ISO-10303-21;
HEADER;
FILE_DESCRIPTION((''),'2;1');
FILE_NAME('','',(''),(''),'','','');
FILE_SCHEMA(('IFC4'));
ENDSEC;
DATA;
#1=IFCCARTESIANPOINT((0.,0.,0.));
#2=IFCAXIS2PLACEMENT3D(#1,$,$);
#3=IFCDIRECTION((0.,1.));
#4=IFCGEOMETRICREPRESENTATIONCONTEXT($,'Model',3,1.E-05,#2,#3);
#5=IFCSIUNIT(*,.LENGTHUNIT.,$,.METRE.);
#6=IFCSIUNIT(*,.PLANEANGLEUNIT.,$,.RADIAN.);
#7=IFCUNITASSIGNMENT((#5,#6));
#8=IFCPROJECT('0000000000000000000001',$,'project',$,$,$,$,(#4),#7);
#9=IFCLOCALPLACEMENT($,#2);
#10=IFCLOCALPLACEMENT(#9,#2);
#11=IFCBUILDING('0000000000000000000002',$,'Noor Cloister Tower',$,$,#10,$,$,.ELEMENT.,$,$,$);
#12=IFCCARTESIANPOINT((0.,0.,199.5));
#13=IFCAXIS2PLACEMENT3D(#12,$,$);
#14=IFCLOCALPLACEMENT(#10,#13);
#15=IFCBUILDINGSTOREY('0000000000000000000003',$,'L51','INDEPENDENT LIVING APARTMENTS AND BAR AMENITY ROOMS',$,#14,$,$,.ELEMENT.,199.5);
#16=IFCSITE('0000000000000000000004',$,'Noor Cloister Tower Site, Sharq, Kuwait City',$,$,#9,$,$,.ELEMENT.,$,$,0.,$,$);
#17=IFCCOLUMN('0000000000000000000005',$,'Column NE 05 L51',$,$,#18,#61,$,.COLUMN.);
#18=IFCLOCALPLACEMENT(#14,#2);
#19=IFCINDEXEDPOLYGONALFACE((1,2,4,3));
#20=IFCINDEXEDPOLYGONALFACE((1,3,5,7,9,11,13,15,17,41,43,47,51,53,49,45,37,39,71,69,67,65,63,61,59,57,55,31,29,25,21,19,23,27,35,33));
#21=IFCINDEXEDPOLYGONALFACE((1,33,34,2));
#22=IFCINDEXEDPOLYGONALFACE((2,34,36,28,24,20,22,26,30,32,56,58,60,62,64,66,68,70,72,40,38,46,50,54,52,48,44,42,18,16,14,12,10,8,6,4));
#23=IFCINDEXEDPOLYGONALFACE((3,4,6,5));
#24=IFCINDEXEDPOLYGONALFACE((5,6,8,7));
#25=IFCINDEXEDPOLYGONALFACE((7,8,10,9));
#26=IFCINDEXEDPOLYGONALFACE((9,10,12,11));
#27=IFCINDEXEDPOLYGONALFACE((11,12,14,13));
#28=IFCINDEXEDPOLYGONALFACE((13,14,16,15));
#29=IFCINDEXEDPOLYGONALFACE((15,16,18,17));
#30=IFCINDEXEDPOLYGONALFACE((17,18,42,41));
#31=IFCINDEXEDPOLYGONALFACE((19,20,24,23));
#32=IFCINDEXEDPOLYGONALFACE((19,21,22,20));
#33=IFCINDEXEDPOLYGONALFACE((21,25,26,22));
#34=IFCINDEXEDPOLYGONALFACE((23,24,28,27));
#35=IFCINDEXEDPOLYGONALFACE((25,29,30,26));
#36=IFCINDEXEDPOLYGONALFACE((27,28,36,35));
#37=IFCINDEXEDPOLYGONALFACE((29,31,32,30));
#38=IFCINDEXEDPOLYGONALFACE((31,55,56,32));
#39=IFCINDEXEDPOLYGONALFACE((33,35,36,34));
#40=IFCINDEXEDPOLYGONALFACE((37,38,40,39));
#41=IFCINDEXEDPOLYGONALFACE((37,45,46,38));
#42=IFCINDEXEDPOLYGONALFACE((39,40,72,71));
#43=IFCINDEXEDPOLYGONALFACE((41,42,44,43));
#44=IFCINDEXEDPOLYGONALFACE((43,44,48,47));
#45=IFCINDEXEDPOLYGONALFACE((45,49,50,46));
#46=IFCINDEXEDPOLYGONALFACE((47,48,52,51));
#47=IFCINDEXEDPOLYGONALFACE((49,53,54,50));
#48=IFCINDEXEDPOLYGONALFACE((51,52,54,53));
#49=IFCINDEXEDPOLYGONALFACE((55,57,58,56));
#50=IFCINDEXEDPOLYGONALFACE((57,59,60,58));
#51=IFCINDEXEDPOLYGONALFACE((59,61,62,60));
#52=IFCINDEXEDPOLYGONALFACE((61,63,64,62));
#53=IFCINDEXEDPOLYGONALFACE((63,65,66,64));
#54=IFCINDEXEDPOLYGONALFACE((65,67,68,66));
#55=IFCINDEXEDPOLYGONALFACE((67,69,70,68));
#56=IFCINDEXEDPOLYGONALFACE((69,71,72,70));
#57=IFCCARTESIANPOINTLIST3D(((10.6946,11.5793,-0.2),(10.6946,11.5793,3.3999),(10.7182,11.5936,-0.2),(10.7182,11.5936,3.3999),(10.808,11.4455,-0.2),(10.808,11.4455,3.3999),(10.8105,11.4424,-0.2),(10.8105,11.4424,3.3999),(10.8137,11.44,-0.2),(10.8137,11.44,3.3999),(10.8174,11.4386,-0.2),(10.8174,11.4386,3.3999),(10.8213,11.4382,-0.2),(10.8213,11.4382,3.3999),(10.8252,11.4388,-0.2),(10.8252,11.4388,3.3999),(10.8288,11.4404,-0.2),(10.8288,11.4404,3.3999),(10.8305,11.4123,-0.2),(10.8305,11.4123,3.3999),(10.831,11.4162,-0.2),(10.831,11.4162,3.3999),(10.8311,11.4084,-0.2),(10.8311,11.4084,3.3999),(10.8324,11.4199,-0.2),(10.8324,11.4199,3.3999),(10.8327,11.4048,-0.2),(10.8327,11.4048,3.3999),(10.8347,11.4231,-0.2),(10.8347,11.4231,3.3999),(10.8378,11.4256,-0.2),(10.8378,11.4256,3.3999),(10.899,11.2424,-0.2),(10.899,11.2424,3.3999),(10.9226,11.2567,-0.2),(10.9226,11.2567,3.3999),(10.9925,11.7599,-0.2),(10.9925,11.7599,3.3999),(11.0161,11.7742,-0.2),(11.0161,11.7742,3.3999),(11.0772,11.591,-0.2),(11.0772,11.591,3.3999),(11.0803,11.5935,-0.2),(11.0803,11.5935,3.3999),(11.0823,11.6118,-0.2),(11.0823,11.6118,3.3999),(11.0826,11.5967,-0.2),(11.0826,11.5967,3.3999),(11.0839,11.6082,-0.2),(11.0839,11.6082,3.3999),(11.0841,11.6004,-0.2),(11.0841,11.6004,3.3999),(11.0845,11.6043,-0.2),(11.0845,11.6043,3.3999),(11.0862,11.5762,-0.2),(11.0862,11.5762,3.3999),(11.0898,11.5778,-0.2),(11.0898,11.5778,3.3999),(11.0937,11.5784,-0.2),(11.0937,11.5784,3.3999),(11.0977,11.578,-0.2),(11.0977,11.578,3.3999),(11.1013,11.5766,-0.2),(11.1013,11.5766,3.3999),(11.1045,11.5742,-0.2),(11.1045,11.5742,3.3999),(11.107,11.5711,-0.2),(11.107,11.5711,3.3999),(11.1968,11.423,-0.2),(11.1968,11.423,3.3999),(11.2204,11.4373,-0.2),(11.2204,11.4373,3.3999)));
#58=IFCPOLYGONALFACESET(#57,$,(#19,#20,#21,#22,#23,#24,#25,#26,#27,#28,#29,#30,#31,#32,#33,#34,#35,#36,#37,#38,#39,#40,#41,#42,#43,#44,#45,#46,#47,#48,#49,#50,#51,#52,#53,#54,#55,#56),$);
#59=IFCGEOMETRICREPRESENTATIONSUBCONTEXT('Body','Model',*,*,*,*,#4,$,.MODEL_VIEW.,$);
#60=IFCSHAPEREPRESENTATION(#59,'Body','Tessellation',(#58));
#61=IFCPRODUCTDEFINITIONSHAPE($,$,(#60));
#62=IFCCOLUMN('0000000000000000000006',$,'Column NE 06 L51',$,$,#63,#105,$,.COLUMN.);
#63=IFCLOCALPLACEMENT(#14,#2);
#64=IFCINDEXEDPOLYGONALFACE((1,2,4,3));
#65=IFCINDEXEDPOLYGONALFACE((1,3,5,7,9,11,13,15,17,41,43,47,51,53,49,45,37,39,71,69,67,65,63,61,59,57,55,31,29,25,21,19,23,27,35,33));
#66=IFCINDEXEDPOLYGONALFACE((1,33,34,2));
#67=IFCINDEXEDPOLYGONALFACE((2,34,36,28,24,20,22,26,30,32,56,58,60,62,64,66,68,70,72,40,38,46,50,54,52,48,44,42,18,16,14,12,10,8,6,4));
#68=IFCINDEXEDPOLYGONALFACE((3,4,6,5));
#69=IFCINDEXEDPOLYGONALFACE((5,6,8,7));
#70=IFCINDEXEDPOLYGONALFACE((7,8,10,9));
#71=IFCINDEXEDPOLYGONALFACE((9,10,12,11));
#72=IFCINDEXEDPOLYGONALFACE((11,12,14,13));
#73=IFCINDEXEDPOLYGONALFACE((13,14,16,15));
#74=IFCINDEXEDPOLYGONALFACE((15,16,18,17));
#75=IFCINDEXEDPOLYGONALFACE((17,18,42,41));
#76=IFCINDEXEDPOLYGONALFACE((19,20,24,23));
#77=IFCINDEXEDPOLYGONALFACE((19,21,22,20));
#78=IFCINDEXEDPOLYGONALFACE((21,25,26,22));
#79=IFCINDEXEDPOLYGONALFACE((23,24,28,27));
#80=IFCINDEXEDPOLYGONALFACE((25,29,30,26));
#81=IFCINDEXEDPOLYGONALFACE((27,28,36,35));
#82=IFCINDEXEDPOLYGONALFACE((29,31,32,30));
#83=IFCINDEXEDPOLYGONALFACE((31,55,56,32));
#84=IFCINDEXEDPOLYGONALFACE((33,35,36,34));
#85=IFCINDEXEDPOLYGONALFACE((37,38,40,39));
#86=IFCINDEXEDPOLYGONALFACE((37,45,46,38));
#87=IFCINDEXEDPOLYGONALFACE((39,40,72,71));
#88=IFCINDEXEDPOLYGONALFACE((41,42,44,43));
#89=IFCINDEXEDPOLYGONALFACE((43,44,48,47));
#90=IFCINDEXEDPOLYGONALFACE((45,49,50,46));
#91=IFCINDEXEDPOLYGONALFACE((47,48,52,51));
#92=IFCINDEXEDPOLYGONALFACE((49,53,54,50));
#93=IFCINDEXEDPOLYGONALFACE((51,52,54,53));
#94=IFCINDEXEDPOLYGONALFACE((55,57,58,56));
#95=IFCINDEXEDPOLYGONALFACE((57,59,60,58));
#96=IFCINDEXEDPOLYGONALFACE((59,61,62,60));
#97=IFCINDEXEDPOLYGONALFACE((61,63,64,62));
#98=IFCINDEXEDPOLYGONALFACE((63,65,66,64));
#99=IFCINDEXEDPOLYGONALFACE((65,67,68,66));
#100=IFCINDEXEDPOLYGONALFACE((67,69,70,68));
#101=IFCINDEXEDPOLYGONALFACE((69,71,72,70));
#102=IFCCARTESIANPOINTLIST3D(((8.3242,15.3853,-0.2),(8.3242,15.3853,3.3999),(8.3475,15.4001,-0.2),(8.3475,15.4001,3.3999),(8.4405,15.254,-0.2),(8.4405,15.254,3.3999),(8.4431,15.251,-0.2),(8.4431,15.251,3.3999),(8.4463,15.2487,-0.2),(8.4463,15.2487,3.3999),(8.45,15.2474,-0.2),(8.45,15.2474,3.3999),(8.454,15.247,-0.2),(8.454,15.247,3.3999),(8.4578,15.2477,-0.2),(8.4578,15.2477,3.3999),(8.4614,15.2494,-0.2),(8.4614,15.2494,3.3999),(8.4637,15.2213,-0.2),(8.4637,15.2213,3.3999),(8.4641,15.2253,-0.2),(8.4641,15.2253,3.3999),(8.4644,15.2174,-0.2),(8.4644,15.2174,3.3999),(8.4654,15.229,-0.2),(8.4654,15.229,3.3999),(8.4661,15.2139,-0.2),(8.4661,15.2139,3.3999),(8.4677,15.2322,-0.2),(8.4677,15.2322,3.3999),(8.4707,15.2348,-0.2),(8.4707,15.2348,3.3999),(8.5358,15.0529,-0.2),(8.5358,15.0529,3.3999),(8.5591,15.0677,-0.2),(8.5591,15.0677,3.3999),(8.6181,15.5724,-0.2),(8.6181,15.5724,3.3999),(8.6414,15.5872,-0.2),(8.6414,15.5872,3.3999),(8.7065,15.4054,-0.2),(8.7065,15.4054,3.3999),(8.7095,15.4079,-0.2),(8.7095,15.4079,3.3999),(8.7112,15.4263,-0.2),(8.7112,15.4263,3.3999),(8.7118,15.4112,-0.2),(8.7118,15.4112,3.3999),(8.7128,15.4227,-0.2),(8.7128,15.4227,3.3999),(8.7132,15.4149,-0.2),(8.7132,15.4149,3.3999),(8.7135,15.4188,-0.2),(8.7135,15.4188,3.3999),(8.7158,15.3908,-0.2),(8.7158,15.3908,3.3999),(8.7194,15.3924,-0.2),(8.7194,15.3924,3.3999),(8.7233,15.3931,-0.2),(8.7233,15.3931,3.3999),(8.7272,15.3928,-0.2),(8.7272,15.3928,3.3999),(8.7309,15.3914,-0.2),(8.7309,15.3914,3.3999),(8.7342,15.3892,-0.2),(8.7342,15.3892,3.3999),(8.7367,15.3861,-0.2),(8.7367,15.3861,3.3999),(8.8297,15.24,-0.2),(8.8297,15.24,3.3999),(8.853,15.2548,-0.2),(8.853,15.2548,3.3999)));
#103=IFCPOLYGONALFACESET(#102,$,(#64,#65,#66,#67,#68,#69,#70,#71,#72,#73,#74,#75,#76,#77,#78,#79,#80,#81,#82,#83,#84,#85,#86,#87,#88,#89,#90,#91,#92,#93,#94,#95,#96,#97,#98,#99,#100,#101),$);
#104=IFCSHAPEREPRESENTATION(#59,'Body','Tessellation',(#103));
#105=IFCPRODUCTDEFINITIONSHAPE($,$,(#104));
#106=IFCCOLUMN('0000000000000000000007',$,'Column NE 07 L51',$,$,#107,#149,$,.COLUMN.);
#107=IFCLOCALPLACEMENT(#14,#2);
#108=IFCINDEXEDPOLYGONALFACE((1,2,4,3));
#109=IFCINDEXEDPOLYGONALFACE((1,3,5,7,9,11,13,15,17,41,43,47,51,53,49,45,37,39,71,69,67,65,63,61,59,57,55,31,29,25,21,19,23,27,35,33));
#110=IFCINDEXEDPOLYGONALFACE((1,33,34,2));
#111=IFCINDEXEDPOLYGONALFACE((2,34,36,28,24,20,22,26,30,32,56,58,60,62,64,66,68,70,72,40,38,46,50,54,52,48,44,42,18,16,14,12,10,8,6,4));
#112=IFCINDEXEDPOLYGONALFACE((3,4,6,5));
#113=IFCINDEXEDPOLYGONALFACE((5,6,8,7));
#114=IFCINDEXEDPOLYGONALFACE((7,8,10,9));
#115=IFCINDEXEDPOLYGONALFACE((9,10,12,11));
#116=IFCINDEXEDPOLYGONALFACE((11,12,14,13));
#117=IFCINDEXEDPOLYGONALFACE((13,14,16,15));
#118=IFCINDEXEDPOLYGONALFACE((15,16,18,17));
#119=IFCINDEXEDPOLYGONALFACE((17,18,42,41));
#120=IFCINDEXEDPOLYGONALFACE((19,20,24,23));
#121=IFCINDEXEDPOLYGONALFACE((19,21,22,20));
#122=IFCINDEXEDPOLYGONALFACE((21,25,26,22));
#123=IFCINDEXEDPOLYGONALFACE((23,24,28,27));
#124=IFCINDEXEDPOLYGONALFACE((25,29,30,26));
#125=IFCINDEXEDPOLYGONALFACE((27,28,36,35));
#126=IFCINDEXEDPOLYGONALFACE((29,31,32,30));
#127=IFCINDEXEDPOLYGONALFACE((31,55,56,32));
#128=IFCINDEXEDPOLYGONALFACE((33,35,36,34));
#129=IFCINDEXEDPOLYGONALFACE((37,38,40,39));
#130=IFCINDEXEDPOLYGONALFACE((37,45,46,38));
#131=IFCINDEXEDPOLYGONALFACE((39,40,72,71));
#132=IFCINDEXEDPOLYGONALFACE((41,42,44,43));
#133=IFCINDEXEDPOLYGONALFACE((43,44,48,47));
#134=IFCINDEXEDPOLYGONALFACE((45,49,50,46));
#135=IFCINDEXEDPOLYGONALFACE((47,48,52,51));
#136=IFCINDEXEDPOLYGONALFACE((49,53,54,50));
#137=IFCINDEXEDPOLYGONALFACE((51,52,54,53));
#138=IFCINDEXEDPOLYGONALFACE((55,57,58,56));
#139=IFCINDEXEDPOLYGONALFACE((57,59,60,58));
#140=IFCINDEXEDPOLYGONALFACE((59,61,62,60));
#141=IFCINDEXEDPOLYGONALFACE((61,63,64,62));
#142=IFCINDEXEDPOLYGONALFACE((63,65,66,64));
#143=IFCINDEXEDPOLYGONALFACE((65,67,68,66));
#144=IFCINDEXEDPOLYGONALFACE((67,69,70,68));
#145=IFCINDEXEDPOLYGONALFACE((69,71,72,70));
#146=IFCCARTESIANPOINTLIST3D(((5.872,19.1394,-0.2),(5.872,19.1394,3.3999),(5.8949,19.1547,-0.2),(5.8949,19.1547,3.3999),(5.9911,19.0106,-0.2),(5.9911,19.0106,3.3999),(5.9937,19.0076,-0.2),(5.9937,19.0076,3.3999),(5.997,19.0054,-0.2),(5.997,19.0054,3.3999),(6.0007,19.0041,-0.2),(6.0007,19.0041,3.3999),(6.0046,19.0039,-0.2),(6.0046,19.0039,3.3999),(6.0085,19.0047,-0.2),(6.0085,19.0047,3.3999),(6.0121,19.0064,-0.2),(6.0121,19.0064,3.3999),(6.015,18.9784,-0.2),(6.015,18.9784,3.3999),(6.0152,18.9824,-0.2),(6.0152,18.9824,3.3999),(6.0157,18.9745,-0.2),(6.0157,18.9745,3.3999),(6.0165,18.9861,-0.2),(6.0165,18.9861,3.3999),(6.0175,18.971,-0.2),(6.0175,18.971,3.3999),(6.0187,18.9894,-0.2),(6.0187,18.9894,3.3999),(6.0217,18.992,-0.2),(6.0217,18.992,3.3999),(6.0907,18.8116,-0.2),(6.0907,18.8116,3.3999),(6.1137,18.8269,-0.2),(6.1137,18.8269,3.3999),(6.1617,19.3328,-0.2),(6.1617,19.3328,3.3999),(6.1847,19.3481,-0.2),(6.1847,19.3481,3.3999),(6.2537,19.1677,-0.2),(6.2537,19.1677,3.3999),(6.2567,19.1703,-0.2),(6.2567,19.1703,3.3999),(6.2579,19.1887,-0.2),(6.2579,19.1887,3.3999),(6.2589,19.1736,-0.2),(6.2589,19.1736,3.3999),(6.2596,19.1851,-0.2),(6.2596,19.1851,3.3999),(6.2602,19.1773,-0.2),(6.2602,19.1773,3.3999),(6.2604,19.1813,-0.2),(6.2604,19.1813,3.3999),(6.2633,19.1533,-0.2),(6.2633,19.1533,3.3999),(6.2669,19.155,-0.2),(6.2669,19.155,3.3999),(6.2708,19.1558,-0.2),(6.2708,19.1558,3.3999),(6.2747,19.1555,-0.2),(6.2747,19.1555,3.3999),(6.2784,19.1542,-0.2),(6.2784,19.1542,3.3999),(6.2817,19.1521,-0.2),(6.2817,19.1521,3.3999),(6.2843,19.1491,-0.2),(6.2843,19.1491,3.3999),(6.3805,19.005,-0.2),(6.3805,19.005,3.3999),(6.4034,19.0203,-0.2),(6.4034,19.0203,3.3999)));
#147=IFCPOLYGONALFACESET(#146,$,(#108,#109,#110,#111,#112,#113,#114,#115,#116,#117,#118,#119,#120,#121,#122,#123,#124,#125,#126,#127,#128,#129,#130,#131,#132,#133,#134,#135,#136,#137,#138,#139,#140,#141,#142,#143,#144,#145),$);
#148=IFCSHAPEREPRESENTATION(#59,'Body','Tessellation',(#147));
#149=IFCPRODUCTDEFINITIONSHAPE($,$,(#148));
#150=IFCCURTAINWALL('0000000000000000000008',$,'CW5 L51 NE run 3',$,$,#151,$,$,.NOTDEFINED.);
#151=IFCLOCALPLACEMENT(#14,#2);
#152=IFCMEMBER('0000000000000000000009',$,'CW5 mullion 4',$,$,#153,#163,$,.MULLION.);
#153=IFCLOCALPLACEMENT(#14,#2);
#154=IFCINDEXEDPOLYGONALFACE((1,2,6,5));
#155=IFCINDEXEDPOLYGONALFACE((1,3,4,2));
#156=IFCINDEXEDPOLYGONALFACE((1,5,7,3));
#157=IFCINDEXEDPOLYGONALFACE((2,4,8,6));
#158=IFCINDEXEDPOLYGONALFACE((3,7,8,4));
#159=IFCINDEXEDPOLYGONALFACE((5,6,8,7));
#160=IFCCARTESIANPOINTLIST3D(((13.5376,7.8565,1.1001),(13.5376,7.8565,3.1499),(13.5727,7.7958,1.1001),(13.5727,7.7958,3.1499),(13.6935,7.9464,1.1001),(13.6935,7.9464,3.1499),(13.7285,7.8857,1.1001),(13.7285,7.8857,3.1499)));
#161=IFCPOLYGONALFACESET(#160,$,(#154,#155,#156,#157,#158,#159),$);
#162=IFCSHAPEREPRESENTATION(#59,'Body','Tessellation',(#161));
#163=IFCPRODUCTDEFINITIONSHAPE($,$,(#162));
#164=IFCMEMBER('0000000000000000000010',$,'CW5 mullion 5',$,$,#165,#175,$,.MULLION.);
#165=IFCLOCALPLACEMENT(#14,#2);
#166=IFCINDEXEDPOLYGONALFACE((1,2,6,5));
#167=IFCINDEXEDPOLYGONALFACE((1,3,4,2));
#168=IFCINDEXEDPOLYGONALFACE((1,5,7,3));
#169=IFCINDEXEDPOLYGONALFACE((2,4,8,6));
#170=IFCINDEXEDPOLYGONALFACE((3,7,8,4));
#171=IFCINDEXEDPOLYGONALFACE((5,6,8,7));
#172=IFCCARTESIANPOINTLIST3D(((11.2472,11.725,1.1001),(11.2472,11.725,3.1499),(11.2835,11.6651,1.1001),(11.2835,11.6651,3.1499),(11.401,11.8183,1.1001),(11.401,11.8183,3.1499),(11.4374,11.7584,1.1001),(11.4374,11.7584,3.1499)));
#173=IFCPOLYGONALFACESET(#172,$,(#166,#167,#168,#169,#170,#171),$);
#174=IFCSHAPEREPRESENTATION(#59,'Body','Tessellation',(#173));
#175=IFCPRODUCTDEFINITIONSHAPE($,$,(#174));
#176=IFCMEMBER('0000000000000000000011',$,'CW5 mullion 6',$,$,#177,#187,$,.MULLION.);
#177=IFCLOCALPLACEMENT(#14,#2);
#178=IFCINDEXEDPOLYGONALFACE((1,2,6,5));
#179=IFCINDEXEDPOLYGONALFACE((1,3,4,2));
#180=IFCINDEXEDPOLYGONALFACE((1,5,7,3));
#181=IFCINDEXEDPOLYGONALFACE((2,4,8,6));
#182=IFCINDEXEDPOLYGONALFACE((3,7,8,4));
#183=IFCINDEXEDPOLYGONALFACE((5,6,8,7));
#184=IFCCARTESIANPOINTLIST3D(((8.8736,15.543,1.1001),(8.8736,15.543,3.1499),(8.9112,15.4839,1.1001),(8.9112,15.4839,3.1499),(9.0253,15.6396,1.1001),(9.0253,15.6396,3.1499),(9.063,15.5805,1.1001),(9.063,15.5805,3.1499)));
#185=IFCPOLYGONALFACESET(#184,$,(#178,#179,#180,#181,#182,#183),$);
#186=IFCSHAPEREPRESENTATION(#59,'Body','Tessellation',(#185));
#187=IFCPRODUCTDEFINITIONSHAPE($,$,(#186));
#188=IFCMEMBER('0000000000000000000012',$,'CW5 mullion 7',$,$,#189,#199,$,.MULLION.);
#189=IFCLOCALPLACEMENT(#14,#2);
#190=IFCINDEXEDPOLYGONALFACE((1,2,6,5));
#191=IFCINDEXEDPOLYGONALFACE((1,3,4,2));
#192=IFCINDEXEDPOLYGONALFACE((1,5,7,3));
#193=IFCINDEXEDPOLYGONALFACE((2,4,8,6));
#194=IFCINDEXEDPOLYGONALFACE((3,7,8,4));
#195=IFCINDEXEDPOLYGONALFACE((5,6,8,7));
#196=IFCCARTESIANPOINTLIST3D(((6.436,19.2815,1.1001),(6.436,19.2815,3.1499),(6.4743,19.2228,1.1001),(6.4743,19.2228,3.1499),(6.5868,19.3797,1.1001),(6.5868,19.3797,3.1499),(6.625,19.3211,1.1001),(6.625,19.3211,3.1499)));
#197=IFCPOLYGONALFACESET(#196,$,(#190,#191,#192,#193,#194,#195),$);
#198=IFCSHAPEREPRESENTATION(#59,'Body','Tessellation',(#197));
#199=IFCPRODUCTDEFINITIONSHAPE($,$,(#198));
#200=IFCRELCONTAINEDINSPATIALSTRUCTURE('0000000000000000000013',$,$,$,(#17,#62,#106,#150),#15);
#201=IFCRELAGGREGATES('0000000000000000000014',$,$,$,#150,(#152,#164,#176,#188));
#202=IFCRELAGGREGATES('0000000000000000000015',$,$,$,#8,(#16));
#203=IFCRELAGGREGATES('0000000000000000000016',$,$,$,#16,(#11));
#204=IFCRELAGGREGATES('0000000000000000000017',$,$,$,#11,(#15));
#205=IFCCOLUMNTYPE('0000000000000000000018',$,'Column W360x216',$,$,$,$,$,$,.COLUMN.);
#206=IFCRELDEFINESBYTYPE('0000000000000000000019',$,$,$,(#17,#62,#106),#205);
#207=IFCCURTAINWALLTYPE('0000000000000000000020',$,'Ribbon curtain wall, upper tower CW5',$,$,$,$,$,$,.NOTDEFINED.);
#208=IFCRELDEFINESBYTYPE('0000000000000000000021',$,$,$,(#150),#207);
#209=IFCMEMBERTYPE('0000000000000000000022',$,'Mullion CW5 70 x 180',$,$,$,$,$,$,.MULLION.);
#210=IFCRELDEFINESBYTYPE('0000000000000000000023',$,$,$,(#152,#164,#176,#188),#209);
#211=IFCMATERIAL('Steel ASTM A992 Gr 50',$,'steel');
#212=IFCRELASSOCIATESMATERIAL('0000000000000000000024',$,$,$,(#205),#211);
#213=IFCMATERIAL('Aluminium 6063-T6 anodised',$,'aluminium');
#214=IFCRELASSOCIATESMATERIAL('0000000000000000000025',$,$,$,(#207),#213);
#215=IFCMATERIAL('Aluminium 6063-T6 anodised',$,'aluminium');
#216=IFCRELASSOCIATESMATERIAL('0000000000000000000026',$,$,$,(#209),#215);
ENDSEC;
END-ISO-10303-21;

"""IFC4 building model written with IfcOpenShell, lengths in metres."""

from ifc_helpers import new_model, si_unit, direction, frame, origin, origin_2d, place, context, subcontext, project, spatial, rectangle, i_section, extrude, material, material_profile, profile_set, type_object, element, aggregate, save


model = new_model("IFC4")

# Units and contexts
model_context = context("Model", 3, precision=1e-05, world=origin(), true_north=direction((0.0, 1.0)))
body_context = subcontext(model_context, "Body", "Model", "MODEL_VIEW")
ifc_project = project(units=[si_unit("LENGTHUNIT", "METRE"), si_unit("PLANEANGLEUNIT", "RADIAN")], contexts=[model_context])

# Site, building, storey
site_placement = place(None, origin())
site = spatial("IfcSite", under=ifc_project, at=site_placement, Name="Noor Cloister Tower Site, Sharq, Kuwait City", CompositionType="ELEMENT", RefElevation=0.0)
building_placement = place(site_placement, origin())
building = spatial("IfcBuilding", under=site, at=building_placement, Name="Noor Cloister Tower", CompositionType="ELEMENT")
storey_placement = place(building_placement, frame((0.0, 0.0, 199.5)))
storey = spatial("IfcBuildingStorey", under=building, at=storey_placement, Name="L51", Description="INDEPENDENT LIVING APARTMENTS AND BAR AMENITY ROOMS", CompositionType="ELEMENT", Elevation=199.5)

# Columns
ifc_material_1 = material(Name="Steel ASTM A992 Gr 50", Category="steel")
ifc_material_profile_1 = material_profile(ifc_material_1, i_section(OverallWidth=0.394, OverallDepth=0.376, WebThickness=0.0173, FlangeThickness=0.0276, FilletRadius=0.0151, at=origin_2d()), Name="W360x216")
ifc_profile_set_1 = profile_set([ifc_material_profile_1], Name="Steel ASTM A992 Gr 50")
column_type = type_object("IfcColumnType", Name="Column W360x216", PredefinedType="COLUMN", material=ifc_profile_set_1)
for number, where, z_axis, x_axis, name in (
    (1, (10.9575, 11.5083, -0.2), (0.0, 0.0, 1.0), (-0.518623, 0.855003, 0.0), "Column NE 05 L51"),
    (2, (8.5886, 15.3201, -0.2), (0.0, 0.0, 1.0), (-0.537002, 0.843581, 0.0), "Column NE 06 L51"),
    (3, (6.1377, 19.0798, -0.2), (0.0, 0.0, 1.0), (-0.55513, 0.831763, 0.0), "Column NE 07 L51"),
):
    element("IfcColumn", number, at=place(storey_placement, frame(where, z_axis=z_axis, x_axis=x_axis)), inside=storey, type_object=column_type, Name=name, PredefinedType="COLUMN", context=body_context, shape_type="SweptSolid", body=[
        extrude(i_section(OverallWidth=0.394, OverallDepth=0.376, WebThickness=0.0173, FlangeThickness=0.0276, FilletRadius=0.0151, at=origin_2d()), origin(), (0.0, 0.0, 1.0), 3.5999),
    ])

# Curtain wall, members
ifc_material_2 = material(Name="Aluminium 6063-T6 anodised", Category="aluminium")
curtain_wall_type = type_object("IfcCurtainWallType", Name="Ribbon curtain wall, upper tower CW5", PredefinedType="NOTDEFINED", material=ifc_material_2)
curtain_wall_placement = place(storey_placement, origin())
curtain_wall = element("IfcCurtainWall", 4, at=curtain_wall_placement, inside=storey, type_object=curtain_wall_type, Name="CW5 L51 NE run 3", PredefinedType="NOTDEFINED")
ifc_material_3 = material(Name="Aluminium 6063-T6 anodised", Category="aluminium")
ifc_material_profile_2 = material_profile(ifc_material_3, rectangle(XDim=0.1799, YDim=0.0701, at=origin_2d()), Name="180 x 70 mullion")
ifc_profile_set_2 = profile_set([ifc_material_profile_2], Name="Aluminium 6063-T6 anodised")
member_type = type_object("IfcMemberType", Name="Mullion CW5 70 x 180", PredefinedType="MULLION", material=ifc_profile_set_2)
member_1_placement = place(storey_placement, frame((13.6331, 7.8711, 1.1001), z_axis=(0.0, 0.0, 1.0), x_axis=(-0.866025, -0.5, 0.0)))
member_1 = element("IfcMember", 5, at=member_1_placement, type_object=member_type, Name="CW5 mullion 4", PredefinedType="MULLION", context=body_context, shape_type="SweptSolid", body=[
    extrude(rectangle(XDim=0.1799, YDim=0.0701, at=origin_2d()), origin(), (0.0, 0.0, 1.0), 2.0498),
])
member_2_placement = place(storey_placement, frame((11.3423, 11.7417, 1.1001), z_axis=(0.0, 0.0, 1.0), x_axis=(-0.855003, -0.518623, 0.0)))
member_2 = element("IfcMember", 6, at=member_2_placement, type_object=member_type, Name="CW5 mullion 5", PredefinedType="MULLION", context=body_context, shape_type="SweptSolid", body=[
    extrude(rectangle(XDim=0.1799, YDim=0.0701, at=origin_2d()), origin(), (0.0, 0.0, 1.0), 2.0498),
])
member_3_placement = place(storey_placement, frame((8.9683, 15.5618, 1.1001), z_axis=(0.0, 0.0, 1.0), x_axis=(-0.843581, -0.537002, 0.0)))
member_3 = element("IfcMember", 7, at=member_3_placement, type_object=member_type, Name="CW5 mullion 6", PredefinedType="MULLION", context=body_context, shape_type="SweptSolid", body=[
    extrude(rectangle(XDim=0.1799, YDim=0.0701, at=origin_2d()), origin(), (0.0, 0.0, 1.0), 2.0498),
])
member_4_placement = place(storey_placement, frame((6.5305, 19.3013, 1.1001), z_axis=(0.0, 0.0, 1.0), x_axis=(-0.837721, -0.546098, 0.0)))
member_4 = element("IfcMember", 8, at=member_4_placement, type_object=member_type, Name="CW5 mullion 7", PredefinedType="MULLION", context=body_context, shape_type="SweptSolid", body=[
    extrude(rectangle(XDim=0.1799, YDim=0.0701, at=origin_2d()), origin(), (0.0, 0.0, 1.0), 2.0498),
])

aggregate(curtain_wall, [member_1, member_2, member_3, member_4])

save(model, "model.ifc")
